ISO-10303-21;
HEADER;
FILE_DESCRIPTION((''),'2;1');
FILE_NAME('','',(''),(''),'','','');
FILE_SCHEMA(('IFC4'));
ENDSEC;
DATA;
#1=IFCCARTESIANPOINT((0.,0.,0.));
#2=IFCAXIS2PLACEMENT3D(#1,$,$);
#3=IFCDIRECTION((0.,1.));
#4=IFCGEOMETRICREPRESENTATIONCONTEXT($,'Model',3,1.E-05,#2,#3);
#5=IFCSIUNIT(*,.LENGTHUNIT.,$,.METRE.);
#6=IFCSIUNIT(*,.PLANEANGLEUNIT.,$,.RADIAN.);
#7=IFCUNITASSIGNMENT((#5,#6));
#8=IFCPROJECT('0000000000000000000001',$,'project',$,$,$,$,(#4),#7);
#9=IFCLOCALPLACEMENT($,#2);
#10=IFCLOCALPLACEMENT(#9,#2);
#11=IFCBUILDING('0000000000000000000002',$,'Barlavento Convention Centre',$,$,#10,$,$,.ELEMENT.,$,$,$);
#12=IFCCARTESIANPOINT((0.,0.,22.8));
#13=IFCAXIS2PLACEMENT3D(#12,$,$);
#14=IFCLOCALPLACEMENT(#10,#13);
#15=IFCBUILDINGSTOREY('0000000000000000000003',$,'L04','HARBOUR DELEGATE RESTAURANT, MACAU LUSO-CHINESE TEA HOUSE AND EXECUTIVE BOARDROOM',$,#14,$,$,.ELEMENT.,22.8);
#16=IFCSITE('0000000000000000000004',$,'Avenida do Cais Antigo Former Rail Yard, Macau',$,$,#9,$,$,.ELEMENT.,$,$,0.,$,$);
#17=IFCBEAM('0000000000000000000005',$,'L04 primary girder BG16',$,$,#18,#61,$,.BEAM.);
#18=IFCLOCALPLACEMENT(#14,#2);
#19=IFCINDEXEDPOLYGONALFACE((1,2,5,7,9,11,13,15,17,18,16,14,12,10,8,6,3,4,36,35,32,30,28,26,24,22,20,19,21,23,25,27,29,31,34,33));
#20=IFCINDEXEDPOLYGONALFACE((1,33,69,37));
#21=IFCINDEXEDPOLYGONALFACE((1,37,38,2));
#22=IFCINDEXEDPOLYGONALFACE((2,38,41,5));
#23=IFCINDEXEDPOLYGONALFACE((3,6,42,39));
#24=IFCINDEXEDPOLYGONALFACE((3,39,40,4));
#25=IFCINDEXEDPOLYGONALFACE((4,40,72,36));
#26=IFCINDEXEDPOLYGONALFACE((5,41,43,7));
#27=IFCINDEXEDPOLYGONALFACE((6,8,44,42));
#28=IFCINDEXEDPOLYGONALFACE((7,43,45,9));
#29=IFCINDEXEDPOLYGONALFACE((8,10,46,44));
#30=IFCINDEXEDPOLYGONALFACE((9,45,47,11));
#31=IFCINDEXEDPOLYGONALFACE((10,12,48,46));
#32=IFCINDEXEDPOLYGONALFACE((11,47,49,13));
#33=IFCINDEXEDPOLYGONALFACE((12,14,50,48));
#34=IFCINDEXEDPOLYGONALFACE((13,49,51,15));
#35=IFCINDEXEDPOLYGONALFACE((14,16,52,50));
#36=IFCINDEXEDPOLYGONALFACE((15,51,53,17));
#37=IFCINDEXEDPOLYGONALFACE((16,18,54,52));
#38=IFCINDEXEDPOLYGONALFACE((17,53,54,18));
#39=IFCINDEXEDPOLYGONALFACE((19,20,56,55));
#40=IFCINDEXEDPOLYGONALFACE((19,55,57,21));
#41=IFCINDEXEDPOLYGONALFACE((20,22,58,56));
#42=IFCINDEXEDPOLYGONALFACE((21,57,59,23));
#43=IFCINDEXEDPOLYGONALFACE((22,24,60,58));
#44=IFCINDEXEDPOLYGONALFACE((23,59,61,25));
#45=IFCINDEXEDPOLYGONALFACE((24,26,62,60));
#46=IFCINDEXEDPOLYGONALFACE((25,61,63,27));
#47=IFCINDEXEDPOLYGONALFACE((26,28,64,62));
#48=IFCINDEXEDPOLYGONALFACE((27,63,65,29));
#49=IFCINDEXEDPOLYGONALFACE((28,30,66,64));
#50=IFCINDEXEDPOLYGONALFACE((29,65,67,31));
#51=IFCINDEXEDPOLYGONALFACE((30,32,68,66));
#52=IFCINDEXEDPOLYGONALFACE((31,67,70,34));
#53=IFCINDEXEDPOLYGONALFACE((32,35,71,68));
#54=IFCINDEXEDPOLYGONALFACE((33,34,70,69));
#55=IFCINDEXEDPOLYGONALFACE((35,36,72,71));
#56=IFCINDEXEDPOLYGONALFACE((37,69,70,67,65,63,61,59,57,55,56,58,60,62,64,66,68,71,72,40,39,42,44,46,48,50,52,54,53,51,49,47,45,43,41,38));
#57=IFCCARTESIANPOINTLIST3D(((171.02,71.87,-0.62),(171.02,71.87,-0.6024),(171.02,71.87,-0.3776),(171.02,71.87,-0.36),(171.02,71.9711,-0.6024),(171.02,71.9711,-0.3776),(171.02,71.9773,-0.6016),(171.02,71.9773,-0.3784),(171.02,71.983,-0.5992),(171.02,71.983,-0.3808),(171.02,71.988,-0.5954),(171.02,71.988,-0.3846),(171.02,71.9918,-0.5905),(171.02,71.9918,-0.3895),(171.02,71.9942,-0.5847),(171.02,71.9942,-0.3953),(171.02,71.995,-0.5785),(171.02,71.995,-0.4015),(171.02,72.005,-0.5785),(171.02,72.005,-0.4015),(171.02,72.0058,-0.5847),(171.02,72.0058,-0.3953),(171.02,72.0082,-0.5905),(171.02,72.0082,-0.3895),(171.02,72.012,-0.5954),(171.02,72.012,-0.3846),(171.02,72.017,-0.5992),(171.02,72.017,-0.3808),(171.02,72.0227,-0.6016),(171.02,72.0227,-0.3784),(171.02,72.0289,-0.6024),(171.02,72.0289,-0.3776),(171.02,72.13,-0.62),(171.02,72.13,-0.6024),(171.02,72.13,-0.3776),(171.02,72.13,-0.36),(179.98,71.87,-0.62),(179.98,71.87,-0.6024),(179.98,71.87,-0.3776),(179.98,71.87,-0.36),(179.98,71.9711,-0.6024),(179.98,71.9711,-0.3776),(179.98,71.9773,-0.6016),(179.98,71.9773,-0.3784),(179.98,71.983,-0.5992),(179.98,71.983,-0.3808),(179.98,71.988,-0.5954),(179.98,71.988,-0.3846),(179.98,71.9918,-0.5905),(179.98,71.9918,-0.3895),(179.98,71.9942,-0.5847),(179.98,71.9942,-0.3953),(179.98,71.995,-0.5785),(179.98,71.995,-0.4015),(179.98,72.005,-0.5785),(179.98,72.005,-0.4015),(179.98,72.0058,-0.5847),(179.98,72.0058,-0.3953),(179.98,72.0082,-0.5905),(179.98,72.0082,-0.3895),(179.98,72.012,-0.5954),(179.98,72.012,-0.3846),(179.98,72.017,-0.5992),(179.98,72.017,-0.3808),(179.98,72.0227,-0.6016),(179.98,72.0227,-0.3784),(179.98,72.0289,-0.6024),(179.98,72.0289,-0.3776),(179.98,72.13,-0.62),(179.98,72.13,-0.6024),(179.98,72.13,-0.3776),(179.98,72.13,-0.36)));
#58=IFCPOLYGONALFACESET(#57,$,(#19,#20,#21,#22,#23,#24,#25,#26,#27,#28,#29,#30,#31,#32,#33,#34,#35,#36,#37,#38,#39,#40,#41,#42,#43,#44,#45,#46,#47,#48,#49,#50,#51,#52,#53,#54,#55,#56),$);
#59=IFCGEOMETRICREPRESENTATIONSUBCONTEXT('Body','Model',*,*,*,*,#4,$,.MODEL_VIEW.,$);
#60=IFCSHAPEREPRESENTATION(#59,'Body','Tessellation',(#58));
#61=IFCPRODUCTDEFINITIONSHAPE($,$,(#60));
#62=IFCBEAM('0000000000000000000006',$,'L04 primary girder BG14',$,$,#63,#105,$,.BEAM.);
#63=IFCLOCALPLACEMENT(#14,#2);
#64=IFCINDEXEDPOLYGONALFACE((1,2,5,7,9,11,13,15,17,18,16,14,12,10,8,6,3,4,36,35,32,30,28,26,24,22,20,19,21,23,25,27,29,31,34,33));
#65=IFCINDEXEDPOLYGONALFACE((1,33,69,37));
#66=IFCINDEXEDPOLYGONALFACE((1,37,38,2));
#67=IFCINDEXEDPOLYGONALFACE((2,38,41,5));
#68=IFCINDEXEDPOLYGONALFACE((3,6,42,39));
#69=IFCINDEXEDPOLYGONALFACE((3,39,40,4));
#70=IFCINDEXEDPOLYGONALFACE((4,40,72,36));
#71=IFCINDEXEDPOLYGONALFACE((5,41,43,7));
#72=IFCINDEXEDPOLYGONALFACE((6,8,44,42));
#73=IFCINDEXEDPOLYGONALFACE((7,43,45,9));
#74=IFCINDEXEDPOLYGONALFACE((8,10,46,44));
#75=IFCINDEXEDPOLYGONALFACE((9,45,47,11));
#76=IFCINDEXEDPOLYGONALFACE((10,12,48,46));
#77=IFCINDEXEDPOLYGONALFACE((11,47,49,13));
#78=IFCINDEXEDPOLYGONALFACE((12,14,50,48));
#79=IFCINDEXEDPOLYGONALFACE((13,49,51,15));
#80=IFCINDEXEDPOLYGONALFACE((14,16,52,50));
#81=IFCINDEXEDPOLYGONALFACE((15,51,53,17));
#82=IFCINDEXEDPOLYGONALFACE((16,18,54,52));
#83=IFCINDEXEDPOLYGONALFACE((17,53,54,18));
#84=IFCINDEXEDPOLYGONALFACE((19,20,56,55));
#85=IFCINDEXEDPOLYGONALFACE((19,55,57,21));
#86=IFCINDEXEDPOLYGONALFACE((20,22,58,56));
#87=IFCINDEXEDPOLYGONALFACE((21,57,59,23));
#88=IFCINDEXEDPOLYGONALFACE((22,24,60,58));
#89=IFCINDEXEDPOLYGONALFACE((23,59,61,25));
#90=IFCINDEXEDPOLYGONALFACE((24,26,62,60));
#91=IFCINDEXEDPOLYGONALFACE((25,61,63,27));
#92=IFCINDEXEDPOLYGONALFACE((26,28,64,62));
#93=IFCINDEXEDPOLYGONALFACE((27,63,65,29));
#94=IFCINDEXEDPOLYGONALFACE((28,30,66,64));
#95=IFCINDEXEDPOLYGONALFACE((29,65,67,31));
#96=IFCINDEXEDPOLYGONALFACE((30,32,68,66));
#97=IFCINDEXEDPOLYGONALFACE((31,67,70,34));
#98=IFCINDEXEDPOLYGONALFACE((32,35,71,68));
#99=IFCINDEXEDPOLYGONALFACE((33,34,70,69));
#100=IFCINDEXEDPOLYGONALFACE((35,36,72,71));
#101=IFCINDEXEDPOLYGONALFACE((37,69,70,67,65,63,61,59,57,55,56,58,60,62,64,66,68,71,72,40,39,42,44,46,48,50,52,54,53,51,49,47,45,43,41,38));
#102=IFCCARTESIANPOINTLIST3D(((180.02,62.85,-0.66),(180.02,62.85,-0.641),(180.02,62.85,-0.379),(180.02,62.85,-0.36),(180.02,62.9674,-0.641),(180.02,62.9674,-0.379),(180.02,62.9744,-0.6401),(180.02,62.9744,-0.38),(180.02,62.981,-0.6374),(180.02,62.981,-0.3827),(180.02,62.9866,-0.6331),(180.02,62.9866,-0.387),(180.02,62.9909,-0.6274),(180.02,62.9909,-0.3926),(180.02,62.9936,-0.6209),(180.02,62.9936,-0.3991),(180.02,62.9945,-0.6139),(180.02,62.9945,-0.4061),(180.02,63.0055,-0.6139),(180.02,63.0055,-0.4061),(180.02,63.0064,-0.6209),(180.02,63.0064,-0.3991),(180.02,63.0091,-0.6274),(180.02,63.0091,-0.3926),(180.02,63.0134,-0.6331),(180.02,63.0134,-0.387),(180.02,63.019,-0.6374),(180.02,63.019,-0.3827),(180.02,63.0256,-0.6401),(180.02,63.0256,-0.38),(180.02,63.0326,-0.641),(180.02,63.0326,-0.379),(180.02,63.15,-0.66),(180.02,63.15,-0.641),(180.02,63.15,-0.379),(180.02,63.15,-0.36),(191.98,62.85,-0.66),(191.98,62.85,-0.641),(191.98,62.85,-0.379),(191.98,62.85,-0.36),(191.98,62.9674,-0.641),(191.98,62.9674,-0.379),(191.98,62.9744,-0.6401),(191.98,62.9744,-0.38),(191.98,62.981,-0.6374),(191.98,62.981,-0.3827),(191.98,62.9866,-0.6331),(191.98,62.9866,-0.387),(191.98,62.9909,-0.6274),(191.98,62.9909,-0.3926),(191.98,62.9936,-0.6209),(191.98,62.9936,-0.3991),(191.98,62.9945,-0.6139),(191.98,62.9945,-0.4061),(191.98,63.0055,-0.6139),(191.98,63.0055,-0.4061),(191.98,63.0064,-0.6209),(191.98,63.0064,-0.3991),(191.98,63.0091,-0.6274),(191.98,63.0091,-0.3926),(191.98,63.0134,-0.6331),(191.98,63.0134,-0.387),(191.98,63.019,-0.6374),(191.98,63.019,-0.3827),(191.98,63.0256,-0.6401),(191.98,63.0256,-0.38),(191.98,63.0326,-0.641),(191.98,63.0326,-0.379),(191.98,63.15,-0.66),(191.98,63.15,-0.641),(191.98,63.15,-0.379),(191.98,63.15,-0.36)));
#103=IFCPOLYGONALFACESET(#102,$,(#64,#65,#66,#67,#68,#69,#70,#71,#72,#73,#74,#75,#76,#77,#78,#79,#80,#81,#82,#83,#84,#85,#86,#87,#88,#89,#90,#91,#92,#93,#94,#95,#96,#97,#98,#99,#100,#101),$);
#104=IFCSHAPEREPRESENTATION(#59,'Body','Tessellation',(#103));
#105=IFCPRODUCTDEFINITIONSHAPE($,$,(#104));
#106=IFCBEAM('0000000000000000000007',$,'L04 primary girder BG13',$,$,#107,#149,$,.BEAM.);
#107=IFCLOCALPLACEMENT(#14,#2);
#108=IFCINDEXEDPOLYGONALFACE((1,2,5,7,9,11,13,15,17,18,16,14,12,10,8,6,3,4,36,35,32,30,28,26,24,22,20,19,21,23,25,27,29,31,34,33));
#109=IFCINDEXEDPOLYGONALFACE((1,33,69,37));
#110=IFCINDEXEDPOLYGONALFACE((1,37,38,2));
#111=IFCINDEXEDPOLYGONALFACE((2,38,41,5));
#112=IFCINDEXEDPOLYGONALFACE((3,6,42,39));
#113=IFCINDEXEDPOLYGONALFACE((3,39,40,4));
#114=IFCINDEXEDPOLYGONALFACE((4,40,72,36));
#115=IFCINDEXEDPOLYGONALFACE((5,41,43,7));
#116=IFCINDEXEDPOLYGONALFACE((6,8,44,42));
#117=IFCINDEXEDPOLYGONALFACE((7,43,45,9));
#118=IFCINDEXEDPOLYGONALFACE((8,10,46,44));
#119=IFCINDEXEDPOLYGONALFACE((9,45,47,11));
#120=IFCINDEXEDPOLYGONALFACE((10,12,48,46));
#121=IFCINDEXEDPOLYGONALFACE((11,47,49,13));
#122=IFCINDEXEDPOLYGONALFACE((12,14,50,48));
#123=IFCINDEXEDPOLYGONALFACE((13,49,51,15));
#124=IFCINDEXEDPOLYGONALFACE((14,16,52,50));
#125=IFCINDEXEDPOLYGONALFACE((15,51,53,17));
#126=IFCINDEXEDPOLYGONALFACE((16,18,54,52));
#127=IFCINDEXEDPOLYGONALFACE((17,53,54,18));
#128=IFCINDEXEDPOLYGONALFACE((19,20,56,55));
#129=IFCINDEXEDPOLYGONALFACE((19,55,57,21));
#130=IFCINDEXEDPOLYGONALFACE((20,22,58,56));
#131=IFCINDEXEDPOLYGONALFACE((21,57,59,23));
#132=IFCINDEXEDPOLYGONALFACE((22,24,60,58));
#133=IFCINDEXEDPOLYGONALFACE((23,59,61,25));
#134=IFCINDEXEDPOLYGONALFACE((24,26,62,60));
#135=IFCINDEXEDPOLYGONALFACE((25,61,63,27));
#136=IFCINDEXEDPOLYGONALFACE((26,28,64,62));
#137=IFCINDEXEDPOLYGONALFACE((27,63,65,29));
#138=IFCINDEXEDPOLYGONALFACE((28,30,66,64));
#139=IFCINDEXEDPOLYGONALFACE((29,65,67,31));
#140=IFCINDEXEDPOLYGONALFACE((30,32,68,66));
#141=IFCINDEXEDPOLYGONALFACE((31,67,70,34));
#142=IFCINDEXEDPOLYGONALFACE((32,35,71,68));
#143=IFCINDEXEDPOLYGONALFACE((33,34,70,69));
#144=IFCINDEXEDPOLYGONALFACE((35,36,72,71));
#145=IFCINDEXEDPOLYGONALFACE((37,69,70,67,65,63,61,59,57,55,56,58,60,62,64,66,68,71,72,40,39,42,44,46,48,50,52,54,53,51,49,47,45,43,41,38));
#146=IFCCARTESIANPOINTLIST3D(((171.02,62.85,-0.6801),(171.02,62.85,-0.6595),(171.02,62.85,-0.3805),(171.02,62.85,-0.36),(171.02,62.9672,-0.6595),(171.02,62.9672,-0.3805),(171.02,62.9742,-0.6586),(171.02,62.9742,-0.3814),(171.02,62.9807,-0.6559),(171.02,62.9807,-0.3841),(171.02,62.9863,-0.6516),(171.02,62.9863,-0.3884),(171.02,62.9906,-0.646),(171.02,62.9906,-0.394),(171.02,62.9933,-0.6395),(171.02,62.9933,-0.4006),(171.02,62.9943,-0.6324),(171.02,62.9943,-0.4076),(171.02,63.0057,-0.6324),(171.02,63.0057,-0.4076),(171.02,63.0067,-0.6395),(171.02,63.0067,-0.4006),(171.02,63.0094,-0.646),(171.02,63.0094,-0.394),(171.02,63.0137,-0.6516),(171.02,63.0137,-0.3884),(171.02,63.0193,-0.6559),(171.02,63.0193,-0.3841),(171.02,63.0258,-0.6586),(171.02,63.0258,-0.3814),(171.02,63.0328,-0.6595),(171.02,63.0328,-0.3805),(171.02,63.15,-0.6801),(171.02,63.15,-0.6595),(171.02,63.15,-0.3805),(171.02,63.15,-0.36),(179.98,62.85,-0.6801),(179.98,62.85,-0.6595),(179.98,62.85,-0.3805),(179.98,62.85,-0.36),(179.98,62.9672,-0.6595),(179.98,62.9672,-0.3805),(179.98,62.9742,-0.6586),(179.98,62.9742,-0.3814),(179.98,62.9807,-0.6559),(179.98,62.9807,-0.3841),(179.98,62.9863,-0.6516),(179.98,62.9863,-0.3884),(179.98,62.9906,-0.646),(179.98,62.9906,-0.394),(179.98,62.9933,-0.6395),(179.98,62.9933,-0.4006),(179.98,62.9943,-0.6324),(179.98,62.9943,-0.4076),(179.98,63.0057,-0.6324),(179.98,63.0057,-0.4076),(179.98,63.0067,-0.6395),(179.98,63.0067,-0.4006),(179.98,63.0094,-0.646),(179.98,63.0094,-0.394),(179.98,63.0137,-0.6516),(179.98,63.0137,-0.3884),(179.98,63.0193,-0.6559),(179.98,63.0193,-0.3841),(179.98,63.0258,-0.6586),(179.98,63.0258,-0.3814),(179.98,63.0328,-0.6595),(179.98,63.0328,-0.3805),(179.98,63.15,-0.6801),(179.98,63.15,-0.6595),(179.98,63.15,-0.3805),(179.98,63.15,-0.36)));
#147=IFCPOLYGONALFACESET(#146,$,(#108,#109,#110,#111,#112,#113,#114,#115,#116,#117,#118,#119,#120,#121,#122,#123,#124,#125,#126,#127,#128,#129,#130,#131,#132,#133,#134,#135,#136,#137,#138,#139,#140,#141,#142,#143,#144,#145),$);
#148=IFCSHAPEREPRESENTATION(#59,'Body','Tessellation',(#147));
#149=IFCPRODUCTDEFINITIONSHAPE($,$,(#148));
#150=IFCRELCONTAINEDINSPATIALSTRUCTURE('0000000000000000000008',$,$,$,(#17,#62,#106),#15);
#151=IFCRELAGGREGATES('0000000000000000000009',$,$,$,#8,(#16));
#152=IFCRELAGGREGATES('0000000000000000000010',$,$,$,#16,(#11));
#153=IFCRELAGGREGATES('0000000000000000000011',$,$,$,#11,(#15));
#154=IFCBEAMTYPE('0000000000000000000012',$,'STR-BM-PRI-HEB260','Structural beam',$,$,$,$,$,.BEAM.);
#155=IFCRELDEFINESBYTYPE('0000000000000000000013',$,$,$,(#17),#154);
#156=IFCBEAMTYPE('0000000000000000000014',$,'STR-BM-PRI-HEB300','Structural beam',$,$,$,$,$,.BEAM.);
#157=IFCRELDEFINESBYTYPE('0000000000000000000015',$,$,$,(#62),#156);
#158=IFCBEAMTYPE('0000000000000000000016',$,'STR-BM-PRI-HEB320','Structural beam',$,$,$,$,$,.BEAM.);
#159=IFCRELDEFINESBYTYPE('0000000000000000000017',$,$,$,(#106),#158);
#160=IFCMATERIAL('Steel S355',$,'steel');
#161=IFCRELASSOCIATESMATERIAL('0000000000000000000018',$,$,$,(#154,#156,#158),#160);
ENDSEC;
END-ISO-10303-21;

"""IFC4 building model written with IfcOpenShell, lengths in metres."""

from ifc_helpers import new_model, si_unit, direction, frame, origin, origin_2d, place, context, subcontext, project, spatial, i_section, extrude, material, material_profile, profile_set, type_object, element, save


model = new_model("IFC4")

# Units and contexts
model_context = context("Model", 3, precision=1e-05, world=origin(), true_north=direction((0.0, 1.0)))
body_context = subcontext(model_context, "Body", "Model", "MODEL_VIEW")
ifc_project = project(units=[si_unit("LENGTHUNIT", "METRE"), si_unit("PLANEANGLEUNIT", "RADIAN")], contexts=[model_context])

# Site, building, storey
site_placement = place(None, origin())
site = spatial("IfcSite", under=ifc_project, at=site_placement, Name="Avenida do Cais Antigo Former Rail Yard, Macau", CompositionType="ELEMENT", RefElevation=0.0)
building_placement = place(site_placement, origin())
building = spatial("IfcBuilding", under=site, at=building_placement, Name="Barlavento Convention Centre", CompositionType="ELEMENT")
storey_placement = place(building_placement, frame((0.0, 0.0, 22.8)))
storey = spatial("IfcBuildingStorey", under=building, at=storey_placement, Name="L04", Description="HARBOUR DELEGATE RESTAURANT, MACAU LUSO-CHINESE TEA HOUSE AND EXECUTIVE BOARDROOM", CompositionType="ELEMENT", Elevation=22.8)

# Shared definitions
ifc_material_1 = material(Name="Steel S355", Category="steel")

# Beams
ifc_material_profile_1 = material_profile(ifc_material_1, i_section(OverallWidth=0.26, OverallDepth=0.26, WebThickness=0.01, FlangeThickness=0.0176, FilletRadius=0.0239, at=origin_2d()), Name="HEB 260")
ifc_profile_set_1 = profile_set([ifc_material_profile_1], Name="Steel S355")
beam_type_1 = type_object("IfcBeamType", Name="STR-BM-PRI-HEB260", Description="Structural beam", PredefinedType="BEAM", material=ifc_profile_set_1)
beam_1_placement = place(storey_placement, frame((171.02, 72.0, -0.49), z_axis=(1.0, 0.0, 0.0), x_axis=(0.0, 1.0, 0.0)))
element("IfcBeam", 1, at=beam_1_placement, inside=storey, type_object=beam_type_1, Name="L04 primary girder BG16", PredefinedType="BEAM", context=body_context, shape_type="SweptSolid", body=[
    extrude(i_section(OverallWidth=0.26, OverallDepth=0.26, WebThickness=0.01, FlangeThickness=0.0176, FilletRadius=0.0239, at=origin_2d()), origin(), (0.0, 0.0, 1.0), 8.96),
])
ifc_material_profile_2 = material_profile(ifc_material_1, i_section(OverallWidth=0.3, OverallDepth=0.3, WebThickness=0.011, FlangeThickness=0.019, FilletRadius=0.0271, at=origin_2d()), Name="HEB 300")
ifc_profile_set_2 = profile_set([ifc_material_profile_2], Name="Steel S355")
beam_type_2 = type_object("IfcBeamType", Name="STR-BM-PRI-HEB300", Description="Structural beam", PredefinedType="BEAM", material=ifc_profile_set_2)
beam_2_placement = place(storey_placement, frame((180.02, 63.0, -0.51), z_axis=(1.0, 0.0, 0.0), x_axis=(0.0, 1.0, 0.0)))
element("IfcBeam", 2, at=beam_2_placement, inside=storey, type_object=beam_type_2, Name="L04 primary girder BG14", PredefinedType="BEAM", context=body_context, shape_type="SweptSolid", body=[
    extrude(i_section(OverallWidth=0.3, OverallDepth=0.3, WebThickness=0.011, FlangeThickness=0.019, FilletRadius=0.0271, at=origin_2d()), origin(), (0.0, 0.0, 1.0), 11.96),
])
ifc_material_profile_3 = material_profile(ifc_material_1, i_section(OverallWidth=0.3, OverallDepth=0.3201, WebThickness=0.0115, FlangeThickness=0.0205, FilletRadius=0.0271, at=origin_2d()), Name="HEB 320")
ifc_profile_set_3 = profile_set([ifc_material_profile_3], Name="Steel S355")
beam_type_3 = type_object("IfcBeamType", Name="STR-BM-PRI-HEB320", Description="Structural beam", PredefinedType="BEAM", material=ifc_profile_set_3)
beam_3_placement = place(storey_placement, frame((171.02, 63.0, -0.52), z_axis=(1.0, 0.0, 0.0), x_axis=(0.0, 1.0, 0.0)))
element("IfcBeam", 3, at=beam_3_placement, inside=storey, type_object=beam_type_3, Name="L04 primary girder BG13", PredefinedType="BEAM", context=body_context, shape_type="SweptSolid", body=[
    extrude(i_section(OverallWidth=0.3, OverallDepth=0.3201, WebThickness=0.0115, FlangeThickness=0.0205, FilletRadius=0.0271, at=origin_2d()), origin(), (0.0, 0.0, 1.0), 8.96),
])

save(model, "model.ifc")
